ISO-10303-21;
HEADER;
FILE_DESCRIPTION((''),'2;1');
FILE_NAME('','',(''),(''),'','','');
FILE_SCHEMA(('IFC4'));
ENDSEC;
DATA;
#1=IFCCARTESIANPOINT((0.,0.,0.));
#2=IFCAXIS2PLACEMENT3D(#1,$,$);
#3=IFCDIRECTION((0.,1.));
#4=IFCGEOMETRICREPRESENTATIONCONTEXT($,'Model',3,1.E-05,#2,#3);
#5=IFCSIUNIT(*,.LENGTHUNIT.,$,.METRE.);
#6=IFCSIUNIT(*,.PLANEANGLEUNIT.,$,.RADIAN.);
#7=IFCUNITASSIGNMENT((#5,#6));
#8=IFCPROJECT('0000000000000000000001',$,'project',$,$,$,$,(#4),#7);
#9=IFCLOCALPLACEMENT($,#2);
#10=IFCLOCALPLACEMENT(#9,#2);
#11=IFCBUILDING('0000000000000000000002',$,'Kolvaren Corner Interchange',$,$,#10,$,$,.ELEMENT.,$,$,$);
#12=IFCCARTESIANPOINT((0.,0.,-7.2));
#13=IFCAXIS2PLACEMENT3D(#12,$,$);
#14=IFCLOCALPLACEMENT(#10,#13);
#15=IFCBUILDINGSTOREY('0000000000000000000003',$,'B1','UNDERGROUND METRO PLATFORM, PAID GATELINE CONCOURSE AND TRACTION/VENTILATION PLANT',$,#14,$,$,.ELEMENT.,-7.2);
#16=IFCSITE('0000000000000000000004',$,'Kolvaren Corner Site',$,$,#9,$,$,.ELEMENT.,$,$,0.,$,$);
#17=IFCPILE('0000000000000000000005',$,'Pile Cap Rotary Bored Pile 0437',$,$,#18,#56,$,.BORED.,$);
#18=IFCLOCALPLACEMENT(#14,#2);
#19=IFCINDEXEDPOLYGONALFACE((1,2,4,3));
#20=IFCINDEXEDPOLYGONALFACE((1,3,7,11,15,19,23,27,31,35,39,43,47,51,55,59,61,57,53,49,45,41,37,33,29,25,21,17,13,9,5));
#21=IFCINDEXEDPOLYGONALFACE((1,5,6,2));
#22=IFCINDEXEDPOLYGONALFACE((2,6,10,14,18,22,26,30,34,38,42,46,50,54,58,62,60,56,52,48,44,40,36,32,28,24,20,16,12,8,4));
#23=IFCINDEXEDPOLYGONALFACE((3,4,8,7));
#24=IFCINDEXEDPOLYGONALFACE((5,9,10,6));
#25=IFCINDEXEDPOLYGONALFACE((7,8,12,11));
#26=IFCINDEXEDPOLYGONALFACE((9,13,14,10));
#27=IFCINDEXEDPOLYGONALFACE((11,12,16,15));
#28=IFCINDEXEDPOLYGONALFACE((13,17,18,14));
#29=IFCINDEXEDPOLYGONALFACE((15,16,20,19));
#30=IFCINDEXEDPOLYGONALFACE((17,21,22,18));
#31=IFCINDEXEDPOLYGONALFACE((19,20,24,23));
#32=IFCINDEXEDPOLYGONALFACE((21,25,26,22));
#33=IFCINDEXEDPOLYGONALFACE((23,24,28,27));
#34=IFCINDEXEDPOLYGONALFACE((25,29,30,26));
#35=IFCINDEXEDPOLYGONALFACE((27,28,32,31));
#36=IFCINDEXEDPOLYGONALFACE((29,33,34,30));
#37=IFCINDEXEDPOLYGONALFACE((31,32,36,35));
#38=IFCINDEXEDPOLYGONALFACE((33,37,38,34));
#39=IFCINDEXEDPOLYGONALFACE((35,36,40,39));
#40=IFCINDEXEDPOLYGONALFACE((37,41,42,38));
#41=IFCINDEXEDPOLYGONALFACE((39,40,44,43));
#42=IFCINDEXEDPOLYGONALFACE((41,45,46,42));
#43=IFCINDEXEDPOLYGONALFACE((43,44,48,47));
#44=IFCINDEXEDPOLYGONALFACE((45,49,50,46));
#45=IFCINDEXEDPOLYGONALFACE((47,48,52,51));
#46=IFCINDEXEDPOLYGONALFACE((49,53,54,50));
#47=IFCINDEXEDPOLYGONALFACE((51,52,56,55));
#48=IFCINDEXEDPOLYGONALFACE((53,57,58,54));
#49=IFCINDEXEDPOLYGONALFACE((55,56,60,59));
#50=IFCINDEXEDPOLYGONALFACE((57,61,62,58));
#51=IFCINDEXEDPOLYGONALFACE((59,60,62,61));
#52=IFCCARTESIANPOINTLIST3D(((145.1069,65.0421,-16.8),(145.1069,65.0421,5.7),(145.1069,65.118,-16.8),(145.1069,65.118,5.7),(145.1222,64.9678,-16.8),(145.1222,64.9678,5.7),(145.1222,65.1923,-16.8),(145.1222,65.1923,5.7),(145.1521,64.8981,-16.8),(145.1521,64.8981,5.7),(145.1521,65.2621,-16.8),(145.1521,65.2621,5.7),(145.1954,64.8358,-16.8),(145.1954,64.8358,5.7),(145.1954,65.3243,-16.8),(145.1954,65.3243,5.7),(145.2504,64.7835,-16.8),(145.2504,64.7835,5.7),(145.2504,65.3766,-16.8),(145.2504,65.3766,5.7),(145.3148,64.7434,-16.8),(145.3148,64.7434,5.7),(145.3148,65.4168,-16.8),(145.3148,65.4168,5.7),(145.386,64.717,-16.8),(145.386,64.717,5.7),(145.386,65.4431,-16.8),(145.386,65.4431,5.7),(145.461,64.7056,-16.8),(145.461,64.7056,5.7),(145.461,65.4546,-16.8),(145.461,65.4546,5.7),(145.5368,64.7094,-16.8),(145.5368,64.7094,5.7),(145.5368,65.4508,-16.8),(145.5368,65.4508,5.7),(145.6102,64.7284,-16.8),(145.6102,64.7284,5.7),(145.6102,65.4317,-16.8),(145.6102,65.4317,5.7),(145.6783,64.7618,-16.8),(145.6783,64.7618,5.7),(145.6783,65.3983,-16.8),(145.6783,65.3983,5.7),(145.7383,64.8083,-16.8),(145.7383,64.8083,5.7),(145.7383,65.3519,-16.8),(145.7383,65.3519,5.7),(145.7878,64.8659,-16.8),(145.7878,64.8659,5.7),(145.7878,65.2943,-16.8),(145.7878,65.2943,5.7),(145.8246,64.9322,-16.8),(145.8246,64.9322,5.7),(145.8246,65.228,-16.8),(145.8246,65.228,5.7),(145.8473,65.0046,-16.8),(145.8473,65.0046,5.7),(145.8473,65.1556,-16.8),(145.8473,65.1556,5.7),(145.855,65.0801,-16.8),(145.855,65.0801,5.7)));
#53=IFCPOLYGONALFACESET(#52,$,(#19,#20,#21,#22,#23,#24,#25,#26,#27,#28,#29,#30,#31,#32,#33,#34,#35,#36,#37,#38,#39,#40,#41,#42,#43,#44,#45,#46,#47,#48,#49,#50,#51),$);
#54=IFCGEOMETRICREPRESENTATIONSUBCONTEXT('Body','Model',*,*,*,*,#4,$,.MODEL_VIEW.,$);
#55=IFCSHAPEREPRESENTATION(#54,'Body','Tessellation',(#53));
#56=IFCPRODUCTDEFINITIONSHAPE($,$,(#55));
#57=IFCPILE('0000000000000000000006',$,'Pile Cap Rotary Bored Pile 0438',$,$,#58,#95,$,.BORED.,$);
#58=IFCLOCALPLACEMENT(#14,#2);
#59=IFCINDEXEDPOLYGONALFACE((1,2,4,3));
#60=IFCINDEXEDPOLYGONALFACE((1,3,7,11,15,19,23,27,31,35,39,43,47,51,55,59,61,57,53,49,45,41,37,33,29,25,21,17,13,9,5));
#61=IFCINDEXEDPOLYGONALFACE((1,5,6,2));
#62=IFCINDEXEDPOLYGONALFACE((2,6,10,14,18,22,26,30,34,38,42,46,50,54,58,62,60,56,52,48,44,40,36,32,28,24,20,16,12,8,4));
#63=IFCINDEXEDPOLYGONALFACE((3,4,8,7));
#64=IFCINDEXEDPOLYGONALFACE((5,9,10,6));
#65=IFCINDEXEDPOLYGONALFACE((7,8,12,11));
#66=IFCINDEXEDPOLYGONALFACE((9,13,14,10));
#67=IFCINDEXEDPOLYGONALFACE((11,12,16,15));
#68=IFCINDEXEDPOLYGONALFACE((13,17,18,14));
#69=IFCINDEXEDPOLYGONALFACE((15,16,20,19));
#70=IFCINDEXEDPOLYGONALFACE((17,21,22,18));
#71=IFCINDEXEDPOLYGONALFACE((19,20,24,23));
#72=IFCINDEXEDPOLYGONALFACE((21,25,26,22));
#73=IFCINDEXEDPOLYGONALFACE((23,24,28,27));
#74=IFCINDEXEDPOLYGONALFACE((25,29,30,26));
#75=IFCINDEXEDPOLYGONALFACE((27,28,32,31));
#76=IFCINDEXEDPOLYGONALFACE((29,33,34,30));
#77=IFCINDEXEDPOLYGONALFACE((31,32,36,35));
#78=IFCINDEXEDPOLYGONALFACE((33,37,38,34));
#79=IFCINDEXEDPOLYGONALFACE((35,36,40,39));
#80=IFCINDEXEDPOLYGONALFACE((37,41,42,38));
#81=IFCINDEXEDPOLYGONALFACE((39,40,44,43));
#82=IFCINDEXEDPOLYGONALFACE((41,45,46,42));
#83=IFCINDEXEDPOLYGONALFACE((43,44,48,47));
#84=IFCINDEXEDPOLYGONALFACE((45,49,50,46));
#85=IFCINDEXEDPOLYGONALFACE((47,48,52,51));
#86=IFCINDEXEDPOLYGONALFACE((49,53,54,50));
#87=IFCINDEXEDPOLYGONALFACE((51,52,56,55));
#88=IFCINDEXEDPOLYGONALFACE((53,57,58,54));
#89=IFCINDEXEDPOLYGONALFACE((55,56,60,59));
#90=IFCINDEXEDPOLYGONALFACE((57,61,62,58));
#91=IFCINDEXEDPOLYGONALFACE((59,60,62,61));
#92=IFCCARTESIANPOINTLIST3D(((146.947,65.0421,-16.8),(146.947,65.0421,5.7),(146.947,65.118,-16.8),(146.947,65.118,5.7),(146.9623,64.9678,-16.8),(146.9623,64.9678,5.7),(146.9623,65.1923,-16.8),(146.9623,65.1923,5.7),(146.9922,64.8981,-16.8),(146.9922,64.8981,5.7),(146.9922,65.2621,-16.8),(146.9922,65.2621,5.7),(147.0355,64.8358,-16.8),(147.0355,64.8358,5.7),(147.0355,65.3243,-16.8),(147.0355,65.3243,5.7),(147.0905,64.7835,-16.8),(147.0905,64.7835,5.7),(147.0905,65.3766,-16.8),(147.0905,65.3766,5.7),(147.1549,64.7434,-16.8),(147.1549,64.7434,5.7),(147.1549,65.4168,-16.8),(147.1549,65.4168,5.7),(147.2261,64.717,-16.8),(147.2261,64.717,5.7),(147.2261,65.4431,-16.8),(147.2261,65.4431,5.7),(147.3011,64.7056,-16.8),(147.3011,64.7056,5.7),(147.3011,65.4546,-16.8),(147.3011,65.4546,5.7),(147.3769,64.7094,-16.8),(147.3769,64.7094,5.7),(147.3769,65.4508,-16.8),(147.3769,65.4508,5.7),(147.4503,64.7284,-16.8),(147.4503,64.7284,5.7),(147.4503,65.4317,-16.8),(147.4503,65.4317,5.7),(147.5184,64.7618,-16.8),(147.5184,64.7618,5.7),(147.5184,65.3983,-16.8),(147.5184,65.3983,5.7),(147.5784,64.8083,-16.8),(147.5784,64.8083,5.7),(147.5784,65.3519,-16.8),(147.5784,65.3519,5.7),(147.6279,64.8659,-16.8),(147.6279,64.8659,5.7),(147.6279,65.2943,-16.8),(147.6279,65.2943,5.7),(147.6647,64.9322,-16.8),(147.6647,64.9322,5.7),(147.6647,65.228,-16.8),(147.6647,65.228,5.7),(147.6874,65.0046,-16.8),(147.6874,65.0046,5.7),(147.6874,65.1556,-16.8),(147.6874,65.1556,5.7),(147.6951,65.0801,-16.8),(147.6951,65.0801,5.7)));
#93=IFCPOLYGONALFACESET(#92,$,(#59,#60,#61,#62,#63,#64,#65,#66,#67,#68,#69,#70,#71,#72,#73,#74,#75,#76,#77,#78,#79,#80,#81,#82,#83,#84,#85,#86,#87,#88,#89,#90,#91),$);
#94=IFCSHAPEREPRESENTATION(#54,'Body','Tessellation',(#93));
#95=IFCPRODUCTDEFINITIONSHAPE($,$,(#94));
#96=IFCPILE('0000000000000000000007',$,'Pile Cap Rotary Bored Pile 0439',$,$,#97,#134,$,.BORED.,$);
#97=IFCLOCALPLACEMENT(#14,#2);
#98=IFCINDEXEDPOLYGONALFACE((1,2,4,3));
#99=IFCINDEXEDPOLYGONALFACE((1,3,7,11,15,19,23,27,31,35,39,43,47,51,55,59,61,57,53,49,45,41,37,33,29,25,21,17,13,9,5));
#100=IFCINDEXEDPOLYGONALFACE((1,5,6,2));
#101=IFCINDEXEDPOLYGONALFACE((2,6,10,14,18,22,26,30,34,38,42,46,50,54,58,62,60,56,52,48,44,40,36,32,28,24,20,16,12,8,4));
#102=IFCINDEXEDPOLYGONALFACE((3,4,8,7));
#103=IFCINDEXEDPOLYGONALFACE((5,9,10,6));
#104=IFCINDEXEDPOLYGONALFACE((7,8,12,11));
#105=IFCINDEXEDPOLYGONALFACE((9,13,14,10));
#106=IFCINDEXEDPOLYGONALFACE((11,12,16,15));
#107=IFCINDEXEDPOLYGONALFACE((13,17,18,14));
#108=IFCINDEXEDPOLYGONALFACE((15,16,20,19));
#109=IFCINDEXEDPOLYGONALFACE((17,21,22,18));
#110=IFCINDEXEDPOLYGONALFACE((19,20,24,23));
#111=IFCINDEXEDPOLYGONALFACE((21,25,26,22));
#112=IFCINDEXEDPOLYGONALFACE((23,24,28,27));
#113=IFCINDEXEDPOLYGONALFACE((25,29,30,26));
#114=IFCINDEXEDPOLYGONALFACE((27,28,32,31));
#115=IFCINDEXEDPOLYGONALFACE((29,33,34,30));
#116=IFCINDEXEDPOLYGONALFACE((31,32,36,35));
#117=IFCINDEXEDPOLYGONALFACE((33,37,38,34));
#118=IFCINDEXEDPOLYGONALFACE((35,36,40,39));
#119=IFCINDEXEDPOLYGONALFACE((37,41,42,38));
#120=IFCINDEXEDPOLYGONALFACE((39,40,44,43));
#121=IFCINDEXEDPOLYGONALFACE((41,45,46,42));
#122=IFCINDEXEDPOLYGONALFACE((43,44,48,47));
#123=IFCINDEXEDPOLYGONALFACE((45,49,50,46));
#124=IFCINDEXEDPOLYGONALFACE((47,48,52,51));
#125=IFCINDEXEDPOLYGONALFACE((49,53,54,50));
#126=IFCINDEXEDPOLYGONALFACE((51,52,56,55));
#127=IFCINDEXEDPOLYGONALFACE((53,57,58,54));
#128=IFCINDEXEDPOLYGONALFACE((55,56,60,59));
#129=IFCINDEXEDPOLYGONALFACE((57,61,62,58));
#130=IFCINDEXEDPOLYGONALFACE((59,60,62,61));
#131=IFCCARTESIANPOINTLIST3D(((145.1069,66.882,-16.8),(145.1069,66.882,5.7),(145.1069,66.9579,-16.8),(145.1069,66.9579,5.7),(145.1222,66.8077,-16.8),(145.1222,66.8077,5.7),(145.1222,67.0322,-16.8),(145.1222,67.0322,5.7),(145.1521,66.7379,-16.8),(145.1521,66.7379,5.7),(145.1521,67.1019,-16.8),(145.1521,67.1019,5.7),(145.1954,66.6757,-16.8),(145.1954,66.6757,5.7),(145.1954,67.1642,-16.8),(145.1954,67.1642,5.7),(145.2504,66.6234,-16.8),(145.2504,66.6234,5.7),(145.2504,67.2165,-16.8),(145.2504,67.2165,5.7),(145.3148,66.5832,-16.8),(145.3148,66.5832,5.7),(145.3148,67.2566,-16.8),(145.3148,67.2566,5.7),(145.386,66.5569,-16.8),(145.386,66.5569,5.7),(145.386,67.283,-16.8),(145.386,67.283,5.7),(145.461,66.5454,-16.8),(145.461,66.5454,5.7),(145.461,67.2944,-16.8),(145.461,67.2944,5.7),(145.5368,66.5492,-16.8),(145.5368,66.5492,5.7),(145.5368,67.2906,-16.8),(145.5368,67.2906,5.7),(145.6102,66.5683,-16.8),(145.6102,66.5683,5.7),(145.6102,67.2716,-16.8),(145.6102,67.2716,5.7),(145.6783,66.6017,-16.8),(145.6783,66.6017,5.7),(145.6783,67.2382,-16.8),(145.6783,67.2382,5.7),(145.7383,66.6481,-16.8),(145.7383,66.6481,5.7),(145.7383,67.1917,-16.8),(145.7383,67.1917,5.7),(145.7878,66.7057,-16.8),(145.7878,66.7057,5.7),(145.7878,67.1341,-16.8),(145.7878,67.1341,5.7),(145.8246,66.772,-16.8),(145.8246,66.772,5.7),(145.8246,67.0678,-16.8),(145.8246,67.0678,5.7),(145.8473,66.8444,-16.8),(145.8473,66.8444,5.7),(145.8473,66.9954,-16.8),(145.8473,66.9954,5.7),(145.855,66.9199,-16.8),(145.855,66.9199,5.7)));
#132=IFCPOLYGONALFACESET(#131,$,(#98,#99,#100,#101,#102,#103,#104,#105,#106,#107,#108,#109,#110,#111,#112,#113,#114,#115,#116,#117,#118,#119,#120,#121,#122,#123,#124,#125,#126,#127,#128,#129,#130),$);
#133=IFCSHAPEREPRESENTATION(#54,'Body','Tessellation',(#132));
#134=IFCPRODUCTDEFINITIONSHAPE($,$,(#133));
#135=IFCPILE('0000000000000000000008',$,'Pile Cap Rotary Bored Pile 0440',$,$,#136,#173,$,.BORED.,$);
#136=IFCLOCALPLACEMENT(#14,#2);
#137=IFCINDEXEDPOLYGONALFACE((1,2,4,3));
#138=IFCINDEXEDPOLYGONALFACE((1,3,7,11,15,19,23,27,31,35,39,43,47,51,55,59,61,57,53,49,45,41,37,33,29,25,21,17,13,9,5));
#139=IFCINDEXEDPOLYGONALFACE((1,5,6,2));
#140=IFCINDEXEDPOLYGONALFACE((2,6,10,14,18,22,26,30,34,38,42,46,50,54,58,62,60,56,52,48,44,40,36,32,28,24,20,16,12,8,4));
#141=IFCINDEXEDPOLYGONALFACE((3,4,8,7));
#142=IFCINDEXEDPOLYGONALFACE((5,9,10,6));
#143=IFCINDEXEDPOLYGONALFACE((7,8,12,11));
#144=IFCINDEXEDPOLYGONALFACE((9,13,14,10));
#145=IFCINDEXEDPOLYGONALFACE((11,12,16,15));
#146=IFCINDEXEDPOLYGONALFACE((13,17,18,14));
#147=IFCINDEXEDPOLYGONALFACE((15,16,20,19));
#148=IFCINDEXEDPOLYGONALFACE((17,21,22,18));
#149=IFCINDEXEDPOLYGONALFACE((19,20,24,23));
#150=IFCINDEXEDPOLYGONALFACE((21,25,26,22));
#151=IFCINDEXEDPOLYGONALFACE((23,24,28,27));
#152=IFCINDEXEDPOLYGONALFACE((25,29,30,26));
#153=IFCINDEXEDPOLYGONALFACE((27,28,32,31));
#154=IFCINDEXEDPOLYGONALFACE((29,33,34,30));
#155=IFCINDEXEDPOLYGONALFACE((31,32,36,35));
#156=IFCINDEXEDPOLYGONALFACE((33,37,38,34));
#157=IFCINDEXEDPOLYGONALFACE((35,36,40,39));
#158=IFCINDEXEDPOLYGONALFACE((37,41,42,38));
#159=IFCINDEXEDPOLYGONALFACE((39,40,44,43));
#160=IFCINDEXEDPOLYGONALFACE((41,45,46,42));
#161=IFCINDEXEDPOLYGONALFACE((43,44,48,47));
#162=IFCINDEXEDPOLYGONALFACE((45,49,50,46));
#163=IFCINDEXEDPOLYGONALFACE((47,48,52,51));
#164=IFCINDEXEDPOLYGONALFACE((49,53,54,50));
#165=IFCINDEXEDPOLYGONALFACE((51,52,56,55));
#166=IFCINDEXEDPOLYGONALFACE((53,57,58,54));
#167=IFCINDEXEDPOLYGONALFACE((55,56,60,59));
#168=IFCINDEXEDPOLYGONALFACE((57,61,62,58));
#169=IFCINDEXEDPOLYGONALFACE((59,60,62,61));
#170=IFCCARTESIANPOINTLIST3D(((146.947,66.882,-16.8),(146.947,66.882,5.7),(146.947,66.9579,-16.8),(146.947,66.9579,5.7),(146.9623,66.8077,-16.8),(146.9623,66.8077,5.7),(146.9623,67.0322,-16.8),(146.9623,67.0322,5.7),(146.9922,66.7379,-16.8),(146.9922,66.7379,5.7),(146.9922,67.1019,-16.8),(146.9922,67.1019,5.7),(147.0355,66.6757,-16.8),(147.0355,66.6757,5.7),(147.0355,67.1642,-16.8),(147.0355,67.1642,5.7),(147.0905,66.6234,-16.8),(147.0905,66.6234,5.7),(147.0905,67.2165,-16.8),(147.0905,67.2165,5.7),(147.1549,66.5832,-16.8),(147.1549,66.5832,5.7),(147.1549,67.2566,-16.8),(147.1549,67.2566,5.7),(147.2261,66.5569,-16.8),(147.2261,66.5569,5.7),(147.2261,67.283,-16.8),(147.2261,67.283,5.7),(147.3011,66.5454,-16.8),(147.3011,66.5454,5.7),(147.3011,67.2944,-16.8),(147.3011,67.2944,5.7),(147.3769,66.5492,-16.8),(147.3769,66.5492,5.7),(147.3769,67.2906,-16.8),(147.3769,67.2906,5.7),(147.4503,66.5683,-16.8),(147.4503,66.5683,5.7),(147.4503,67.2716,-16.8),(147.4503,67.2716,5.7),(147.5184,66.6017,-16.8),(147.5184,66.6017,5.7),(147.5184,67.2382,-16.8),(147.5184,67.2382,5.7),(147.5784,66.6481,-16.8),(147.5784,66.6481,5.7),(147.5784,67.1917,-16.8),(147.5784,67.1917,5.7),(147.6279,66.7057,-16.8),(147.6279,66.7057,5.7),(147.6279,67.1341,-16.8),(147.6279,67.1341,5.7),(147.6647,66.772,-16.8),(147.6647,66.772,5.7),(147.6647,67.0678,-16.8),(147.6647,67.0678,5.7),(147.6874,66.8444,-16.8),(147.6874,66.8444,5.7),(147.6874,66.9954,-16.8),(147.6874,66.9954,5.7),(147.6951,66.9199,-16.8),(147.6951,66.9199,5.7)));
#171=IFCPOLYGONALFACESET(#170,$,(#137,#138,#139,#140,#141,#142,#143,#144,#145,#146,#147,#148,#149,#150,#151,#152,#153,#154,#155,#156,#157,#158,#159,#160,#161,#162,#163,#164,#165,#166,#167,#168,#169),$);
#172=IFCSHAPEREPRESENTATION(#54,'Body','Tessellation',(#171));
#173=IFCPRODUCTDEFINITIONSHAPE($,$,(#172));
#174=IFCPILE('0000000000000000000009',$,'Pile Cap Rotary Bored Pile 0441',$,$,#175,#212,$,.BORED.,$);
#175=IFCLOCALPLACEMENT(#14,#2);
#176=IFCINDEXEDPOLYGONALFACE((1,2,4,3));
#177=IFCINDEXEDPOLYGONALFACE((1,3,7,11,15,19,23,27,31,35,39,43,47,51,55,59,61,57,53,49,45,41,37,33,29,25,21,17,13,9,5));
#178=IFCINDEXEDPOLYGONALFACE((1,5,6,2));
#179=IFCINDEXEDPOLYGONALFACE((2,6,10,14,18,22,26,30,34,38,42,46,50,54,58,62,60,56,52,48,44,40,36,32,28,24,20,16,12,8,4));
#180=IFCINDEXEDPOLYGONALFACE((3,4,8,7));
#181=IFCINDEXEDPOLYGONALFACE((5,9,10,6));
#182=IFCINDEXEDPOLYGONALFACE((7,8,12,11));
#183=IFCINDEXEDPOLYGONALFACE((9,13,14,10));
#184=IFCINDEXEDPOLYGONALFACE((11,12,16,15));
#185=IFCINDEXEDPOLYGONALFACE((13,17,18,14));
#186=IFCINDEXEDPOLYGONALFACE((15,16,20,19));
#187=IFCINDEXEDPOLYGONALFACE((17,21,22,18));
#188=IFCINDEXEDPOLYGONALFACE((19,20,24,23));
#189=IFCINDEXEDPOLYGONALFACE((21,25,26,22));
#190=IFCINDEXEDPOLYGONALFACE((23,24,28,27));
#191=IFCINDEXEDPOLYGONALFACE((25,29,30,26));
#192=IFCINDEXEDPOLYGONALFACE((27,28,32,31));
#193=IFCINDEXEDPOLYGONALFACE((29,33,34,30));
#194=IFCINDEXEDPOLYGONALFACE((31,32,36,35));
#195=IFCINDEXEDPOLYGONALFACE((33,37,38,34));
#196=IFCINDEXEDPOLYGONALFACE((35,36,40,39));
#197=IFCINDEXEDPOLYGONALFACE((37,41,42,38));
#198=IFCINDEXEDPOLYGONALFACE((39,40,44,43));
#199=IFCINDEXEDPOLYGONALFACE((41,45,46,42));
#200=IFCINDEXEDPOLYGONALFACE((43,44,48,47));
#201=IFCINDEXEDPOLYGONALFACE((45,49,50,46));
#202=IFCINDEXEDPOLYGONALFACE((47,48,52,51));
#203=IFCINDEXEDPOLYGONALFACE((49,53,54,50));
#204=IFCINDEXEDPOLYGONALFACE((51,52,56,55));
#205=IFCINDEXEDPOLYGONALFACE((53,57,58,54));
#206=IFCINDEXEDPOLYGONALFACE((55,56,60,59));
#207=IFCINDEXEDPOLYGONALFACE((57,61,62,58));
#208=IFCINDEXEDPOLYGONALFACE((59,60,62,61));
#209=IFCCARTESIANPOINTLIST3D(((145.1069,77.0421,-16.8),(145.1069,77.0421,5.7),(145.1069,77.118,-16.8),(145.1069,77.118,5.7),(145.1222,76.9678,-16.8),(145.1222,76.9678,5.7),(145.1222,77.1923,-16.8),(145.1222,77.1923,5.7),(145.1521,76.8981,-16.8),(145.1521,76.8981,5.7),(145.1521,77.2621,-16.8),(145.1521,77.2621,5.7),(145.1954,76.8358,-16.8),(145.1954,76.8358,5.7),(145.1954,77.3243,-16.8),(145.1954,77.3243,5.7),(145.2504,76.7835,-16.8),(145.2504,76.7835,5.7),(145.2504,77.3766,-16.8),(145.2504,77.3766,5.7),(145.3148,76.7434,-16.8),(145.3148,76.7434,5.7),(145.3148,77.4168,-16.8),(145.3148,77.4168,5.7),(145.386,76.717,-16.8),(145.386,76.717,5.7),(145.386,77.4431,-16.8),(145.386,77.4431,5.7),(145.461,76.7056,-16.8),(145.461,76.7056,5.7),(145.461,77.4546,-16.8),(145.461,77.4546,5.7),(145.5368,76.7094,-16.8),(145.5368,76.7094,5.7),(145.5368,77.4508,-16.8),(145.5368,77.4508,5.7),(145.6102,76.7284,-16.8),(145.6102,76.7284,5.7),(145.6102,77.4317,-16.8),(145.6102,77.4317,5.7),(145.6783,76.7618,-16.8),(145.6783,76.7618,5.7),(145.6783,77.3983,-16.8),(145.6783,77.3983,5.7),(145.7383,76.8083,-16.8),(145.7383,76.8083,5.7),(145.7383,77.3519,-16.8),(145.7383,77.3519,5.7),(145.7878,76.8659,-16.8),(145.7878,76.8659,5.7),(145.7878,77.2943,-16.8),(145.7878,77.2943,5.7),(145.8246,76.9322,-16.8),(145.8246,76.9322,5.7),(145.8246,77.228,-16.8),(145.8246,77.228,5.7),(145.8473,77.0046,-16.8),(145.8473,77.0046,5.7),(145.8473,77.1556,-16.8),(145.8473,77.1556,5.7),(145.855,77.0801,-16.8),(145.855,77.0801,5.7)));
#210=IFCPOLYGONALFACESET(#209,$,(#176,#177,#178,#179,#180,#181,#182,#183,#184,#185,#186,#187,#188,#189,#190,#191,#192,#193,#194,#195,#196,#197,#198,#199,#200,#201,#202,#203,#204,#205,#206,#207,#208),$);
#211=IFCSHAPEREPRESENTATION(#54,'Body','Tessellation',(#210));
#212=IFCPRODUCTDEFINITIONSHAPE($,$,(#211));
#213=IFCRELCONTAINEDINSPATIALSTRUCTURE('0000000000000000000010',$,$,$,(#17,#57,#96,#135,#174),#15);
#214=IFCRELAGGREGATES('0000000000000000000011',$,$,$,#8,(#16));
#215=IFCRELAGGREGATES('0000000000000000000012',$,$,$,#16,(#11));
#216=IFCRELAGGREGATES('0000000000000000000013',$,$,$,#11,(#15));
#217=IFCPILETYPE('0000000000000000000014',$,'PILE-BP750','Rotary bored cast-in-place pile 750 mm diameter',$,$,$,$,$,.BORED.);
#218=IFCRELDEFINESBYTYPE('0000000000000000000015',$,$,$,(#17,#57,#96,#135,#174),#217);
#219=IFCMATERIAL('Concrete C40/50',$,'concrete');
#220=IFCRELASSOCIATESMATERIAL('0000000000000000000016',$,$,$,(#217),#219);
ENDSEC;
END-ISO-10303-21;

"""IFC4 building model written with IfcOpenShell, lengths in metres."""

from ifc_helpers import new_model, si_unit, direction, frame, origin, origin_2d, place, context, subcontext, project, spatial, circle, extrude, material, material_profile, profile_set, type_object, element, save


model = new_model("IFC4")

# Units and contexts
model_context = context("Model", 3, precision=1e-05, world=origin(), true_north=direction((0.0, 1.0)))
body_context = subcontext(model_context, "Body", "Model", "MODEL_VIEW")
ifc_project = project(units=[si_unit("LENGTHUNIT", "METRE"), si_unit("PLANEANGLEUNIT", "RADIAN")], contexts=[model_context])

# Site, building, storey
site_placement = place(None, origin())
site = spatial("IfcSite", under=ifc_project, at=site_placement, Name="Kolvaren Corner Site", CompositionType="ELEMENT", RefElevation=0.0)
building_placement = place(site_placement, origin())
building = spatial("IfcBuilding", under=site, at=building_placement, Name="Kolvaren Corner Interchange", CompositionType="ELEMENT")
storey_placement = place(building_placement, frame((0.0, 0.0, -7.2)))
storey = spatial("IfcBuildingStorey", under=building, at=storey_placement, Name="B1", Description="UNDERGROUND METRO PLATFORM, PAID GATELINE CONCOURSE AND TRACTION/VENTILATION PLANT", CompositionType="ELEMENT", Elevation=-7.2)

# Piles
ifc_material_1 = material(Name="Concrete C40/50", Category="concrete")
ifc_material_profile_1 = material_profile(ifc_material_1, circle(Radius=0.375, at=origin_2d()), Name="BORED PILE 750")
ifc_profile_set_1 = profile_set([ifc_material_profile_1], Name="Concrete C40/50")
pile_type_1 = type_object("IfcPileType", Name="PILE-BP750", Description="Rotary bored cast-in-place pile 750 mm diameter", PredefinedType="BORED", material=ifc_profile_set_1)
for number, where, z_axis, x_axis, name in (
    (1, (145.48, 65.0801, 5.7), (0.0, 0.0, -1.0), (1.0, 0.0, 0.0), "Pile Cap Rotary Bored Pile 0437"),
    (2, (147.3201, 65.0801, 5.7), (0.0, 0.0, -1.0), (1.0, 0.0, 0.0), "Pile Cap Rotary Bored Pile 0438"),
    (3, (145.48, 66.9199, 5.7), (0.0, 0.0, -1.0), (1.0, 0.0, 0.0), "Pile Cap Rotary Bored Pile 0439"),
    (4, (147.3201, 66.9199, 5.7), (0.0, 0.0, -1.0), (1.0, 0.0, 0.0), "Pile Cap Rotary Bored Pile 0440"),
    (5, (145.48, 77.0801, 5.7), (0.0, 0.0, -1.0), (1.0, 0.0, 0.0), "Pile Cap Rotary Bored Pile 0441"),
):
    element("IfcPile", number, at=place(storey_placement, frame(where, z_axis=z_axis, x_axis=x_axis)), inside=storey, type_object=pile_type_1, Name=name, PredefinedType="BORED", context=body_context, shape_type="SweptSolid", body=[
        extrude(circle(Radius=0.375, at=origin_2d()), origin(), (0.0, 0.0, 1.0), 22.5),
    ])

save(model, "model.ifc")
